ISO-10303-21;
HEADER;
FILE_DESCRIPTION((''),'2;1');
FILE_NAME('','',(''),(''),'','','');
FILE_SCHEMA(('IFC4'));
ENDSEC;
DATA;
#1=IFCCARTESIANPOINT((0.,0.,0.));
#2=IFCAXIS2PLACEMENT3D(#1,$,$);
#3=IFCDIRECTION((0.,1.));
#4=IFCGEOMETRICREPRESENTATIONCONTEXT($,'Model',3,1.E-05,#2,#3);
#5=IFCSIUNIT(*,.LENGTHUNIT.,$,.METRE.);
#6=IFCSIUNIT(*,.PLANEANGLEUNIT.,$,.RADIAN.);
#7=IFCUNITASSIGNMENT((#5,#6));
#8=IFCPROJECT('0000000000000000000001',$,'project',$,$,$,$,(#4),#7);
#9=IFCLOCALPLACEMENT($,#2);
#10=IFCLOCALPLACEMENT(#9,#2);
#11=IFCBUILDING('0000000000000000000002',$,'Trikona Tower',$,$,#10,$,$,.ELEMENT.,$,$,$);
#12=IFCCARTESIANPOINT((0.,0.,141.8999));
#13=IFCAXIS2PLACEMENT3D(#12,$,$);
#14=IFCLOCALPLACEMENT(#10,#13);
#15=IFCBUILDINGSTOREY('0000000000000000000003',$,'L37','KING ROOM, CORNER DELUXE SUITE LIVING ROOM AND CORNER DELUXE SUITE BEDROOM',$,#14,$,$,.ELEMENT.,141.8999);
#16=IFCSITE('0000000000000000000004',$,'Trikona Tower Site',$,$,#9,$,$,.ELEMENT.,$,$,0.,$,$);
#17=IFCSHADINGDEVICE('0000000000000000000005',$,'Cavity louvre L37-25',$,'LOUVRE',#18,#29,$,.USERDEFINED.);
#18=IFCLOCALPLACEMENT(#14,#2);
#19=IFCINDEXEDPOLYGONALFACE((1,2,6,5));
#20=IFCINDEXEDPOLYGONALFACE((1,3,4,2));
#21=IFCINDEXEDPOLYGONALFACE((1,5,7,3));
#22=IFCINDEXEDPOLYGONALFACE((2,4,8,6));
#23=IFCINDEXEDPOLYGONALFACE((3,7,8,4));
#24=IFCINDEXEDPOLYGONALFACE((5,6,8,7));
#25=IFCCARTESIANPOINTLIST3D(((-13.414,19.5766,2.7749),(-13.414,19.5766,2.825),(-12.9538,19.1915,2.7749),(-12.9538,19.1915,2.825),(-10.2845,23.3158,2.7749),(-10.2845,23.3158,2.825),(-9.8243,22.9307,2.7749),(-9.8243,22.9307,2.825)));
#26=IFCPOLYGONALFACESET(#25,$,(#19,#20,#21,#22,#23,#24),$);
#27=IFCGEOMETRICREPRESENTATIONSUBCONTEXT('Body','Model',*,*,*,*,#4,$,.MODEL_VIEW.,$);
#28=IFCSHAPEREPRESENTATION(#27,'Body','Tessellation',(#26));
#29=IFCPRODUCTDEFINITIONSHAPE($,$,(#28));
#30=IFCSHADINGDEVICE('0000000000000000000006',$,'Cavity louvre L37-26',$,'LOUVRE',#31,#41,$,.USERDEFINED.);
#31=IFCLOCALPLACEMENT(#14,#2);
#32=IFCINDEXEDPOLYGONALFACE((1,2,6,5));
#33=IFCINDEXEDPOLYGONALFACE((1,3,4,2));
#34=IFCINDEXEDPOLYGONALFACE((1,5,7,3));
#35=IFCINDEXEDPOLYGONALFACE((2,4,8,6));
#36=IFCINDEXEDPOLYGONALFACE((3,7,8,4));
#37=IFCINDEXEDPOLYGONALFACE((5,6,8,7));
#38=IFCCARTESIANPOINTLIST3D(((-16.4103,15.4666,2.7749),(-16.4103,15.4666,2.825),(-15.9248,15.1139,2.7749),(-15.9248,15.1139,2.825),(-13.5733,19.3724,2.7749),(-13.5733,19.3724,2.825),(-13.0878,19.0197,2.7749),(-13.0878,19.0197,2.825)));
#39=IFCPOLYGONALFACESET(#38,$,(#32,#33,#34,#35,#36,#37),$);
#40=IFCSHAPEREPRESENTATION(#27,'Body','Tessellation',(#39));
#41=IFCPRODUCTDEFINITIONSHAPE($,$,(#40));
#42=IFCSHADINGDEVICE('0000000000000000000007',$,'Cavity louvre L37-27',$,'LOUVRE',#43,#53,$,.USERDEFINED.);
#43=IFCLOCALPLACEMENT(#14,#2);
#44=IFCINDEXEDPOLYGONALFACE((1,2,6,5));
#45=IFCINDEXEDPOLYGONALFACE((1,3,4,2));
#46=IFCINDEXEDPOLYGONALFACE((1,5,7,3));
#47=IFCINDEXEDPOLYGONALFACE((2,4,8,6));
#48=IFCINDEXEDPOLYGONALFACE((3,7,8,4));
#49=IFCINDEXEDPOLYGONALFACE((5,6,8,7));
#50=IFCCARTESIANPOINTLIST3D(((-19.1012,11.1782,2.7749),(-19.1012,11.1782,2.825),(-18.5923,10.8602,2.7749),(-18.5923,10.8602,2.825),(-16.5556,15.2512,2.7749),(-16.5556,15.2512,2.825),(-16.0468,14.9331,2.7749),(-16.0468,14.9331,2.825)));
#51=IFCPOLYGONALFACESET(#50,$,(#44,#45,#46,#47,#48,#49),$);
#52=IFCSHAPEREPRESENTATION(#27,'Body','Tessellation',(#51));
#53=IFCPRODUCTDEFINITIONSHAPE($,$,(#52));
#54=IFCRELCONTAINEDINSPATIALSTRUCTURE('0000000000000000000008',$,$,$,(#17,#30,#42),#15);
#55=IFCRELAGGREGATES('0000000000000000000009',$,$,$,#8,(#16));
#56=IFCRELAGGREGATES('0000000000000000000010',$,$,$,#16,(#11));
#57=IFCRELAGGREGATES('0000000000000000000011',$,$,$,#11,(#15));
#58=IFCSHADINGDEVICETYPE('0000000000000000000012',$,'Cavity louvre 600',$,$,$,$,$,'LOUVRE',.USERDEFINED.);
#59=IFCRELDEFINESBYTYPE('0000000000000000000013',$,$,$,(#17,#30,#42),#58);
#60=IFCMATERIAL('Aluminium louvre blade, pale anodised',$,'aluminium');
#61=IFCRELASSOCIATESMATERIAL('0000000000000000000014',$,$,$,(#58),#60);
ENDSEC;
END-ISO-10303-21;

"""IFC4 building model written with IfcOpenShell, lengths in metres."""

from ifc_helpers import new_model, si_unit, direction, frame, origin, origin_2d, place, context, subcontext, project, spatial, rectangle, extrude, material, type_object, element, save


model = new_model("IFC4")

# Units and contexts
model_context = context("Model", 3, precision=1e-05, world=origin(), true_north=direction((0.0, 1.0)))
body_context = subcontext(model_context, "Body", "Model", "MODEL_VIEW")
ifc_project = project(units=[si_unit("LENGTHUNIT", "METRE"), si_unit("PLANEANGLEUNIT", "RADIAN")], contexts=[model_context])

# Site, building, storey
site_placement = place(None, origin())
site = spatial("IfcSite", under=ifc_project, at=site_placement, Name="Trikona Tower Site", CompositionType="ELEMENT", RefElevation=0.0)
building_placement = place(site_placement, origin())
building = spatial("IfcBuilding", under=site, at=building_placement, Name="Trikona Tower", CompositionType="ELEMENT")
storey_placement = place(building_placement, frame((0.0, 0.0, 141.8999)))
storey = spatial("IfcBuildingStorey", under=building, at=storey_placement, Name="L37", Description="KING ROOM, CORNER DELUXE SUITE LIVING ROOM AND CORNER DELUXE SUITE BEDROOM", CompositionType="ELEMENT", Elevation=141.8999)

# Shading devices
ifc_material_1 = material(Name="Aluminium louvre blade, pale anodised", Category="aluminium")
shading_device_type = type_object("IfcShadingDeviceType", Name="Cavity louvre 600", ElementType="LOUVRE", PredefinedType="USERDEFINED", material=ifc_material_1)
shading_device_1_placement = place(storey_placement, frame((-11.6191, 21.2537, 2.7749), z_axis=(0.0, 0.0, 1.0), x_axis=(-0.641807, -0.766866, 0.0)))
element("IfcShadingDevice", 1, at=shading_device_1_placement, inside=storey, type_object=shading_device_type, Name="Cavity louvre L37-25", ObjectType="LOUVRE", PredefinedType="USERDEFINED", context=body_context, shape_type="SweptSolid", body=[
    extrude(rectangle(XDim=4.876, YDim=0.6001, at=origin_2d()), origin(), (0.0, 0.0, 1.0), 0.05),
])
shading_device_2_placement = place(storey_placement, frame((-14.749, 17.2432, 2.7749), z_axis=(0.0, 0.0, 1.0), x_axis=(-0.587686, -0.809089, 0.0)))
element("IfcShadingDevice", 2, at=shading_device_2_placement, inside=storey, type_object=shading_device_type, Name="Cavity louvre L37-26", ObjectType="LOUVRE", PredefinedType="USERDEFINED", context=body_context, shape_type="SweptSolid", body=[
    extrude(rectangle(XDim=4.8274, YDim=0.6001, at=origin_2d()), origin(), (0.0, 0.0, 1.0), 0.05),
])
shading_device_3_placement = place(storey_placement, frame((-17.574, 13.0557, 2.7749), z_axis=(0.0, 0.0, 1.0), x_axis=(-0.529995, -0.848001, 0.0)))
element("IfcShadingDevice", 3, at=shading_device_3_placement, inside=storey, type_object=shading_device_type, Name="Cavity louvre L37-27", ObjectType="LOUVRE", PredefinedType="USERDEFINED", context=body_context, shape_type="SweptSolid", body=[
    extrude(rectangle(XDim=4.803, YDim=0.6001, at=origin_2d()), origin(), (0.0, 0.0, 1.0), 0.05),
])

save(model, "model.ifc")
